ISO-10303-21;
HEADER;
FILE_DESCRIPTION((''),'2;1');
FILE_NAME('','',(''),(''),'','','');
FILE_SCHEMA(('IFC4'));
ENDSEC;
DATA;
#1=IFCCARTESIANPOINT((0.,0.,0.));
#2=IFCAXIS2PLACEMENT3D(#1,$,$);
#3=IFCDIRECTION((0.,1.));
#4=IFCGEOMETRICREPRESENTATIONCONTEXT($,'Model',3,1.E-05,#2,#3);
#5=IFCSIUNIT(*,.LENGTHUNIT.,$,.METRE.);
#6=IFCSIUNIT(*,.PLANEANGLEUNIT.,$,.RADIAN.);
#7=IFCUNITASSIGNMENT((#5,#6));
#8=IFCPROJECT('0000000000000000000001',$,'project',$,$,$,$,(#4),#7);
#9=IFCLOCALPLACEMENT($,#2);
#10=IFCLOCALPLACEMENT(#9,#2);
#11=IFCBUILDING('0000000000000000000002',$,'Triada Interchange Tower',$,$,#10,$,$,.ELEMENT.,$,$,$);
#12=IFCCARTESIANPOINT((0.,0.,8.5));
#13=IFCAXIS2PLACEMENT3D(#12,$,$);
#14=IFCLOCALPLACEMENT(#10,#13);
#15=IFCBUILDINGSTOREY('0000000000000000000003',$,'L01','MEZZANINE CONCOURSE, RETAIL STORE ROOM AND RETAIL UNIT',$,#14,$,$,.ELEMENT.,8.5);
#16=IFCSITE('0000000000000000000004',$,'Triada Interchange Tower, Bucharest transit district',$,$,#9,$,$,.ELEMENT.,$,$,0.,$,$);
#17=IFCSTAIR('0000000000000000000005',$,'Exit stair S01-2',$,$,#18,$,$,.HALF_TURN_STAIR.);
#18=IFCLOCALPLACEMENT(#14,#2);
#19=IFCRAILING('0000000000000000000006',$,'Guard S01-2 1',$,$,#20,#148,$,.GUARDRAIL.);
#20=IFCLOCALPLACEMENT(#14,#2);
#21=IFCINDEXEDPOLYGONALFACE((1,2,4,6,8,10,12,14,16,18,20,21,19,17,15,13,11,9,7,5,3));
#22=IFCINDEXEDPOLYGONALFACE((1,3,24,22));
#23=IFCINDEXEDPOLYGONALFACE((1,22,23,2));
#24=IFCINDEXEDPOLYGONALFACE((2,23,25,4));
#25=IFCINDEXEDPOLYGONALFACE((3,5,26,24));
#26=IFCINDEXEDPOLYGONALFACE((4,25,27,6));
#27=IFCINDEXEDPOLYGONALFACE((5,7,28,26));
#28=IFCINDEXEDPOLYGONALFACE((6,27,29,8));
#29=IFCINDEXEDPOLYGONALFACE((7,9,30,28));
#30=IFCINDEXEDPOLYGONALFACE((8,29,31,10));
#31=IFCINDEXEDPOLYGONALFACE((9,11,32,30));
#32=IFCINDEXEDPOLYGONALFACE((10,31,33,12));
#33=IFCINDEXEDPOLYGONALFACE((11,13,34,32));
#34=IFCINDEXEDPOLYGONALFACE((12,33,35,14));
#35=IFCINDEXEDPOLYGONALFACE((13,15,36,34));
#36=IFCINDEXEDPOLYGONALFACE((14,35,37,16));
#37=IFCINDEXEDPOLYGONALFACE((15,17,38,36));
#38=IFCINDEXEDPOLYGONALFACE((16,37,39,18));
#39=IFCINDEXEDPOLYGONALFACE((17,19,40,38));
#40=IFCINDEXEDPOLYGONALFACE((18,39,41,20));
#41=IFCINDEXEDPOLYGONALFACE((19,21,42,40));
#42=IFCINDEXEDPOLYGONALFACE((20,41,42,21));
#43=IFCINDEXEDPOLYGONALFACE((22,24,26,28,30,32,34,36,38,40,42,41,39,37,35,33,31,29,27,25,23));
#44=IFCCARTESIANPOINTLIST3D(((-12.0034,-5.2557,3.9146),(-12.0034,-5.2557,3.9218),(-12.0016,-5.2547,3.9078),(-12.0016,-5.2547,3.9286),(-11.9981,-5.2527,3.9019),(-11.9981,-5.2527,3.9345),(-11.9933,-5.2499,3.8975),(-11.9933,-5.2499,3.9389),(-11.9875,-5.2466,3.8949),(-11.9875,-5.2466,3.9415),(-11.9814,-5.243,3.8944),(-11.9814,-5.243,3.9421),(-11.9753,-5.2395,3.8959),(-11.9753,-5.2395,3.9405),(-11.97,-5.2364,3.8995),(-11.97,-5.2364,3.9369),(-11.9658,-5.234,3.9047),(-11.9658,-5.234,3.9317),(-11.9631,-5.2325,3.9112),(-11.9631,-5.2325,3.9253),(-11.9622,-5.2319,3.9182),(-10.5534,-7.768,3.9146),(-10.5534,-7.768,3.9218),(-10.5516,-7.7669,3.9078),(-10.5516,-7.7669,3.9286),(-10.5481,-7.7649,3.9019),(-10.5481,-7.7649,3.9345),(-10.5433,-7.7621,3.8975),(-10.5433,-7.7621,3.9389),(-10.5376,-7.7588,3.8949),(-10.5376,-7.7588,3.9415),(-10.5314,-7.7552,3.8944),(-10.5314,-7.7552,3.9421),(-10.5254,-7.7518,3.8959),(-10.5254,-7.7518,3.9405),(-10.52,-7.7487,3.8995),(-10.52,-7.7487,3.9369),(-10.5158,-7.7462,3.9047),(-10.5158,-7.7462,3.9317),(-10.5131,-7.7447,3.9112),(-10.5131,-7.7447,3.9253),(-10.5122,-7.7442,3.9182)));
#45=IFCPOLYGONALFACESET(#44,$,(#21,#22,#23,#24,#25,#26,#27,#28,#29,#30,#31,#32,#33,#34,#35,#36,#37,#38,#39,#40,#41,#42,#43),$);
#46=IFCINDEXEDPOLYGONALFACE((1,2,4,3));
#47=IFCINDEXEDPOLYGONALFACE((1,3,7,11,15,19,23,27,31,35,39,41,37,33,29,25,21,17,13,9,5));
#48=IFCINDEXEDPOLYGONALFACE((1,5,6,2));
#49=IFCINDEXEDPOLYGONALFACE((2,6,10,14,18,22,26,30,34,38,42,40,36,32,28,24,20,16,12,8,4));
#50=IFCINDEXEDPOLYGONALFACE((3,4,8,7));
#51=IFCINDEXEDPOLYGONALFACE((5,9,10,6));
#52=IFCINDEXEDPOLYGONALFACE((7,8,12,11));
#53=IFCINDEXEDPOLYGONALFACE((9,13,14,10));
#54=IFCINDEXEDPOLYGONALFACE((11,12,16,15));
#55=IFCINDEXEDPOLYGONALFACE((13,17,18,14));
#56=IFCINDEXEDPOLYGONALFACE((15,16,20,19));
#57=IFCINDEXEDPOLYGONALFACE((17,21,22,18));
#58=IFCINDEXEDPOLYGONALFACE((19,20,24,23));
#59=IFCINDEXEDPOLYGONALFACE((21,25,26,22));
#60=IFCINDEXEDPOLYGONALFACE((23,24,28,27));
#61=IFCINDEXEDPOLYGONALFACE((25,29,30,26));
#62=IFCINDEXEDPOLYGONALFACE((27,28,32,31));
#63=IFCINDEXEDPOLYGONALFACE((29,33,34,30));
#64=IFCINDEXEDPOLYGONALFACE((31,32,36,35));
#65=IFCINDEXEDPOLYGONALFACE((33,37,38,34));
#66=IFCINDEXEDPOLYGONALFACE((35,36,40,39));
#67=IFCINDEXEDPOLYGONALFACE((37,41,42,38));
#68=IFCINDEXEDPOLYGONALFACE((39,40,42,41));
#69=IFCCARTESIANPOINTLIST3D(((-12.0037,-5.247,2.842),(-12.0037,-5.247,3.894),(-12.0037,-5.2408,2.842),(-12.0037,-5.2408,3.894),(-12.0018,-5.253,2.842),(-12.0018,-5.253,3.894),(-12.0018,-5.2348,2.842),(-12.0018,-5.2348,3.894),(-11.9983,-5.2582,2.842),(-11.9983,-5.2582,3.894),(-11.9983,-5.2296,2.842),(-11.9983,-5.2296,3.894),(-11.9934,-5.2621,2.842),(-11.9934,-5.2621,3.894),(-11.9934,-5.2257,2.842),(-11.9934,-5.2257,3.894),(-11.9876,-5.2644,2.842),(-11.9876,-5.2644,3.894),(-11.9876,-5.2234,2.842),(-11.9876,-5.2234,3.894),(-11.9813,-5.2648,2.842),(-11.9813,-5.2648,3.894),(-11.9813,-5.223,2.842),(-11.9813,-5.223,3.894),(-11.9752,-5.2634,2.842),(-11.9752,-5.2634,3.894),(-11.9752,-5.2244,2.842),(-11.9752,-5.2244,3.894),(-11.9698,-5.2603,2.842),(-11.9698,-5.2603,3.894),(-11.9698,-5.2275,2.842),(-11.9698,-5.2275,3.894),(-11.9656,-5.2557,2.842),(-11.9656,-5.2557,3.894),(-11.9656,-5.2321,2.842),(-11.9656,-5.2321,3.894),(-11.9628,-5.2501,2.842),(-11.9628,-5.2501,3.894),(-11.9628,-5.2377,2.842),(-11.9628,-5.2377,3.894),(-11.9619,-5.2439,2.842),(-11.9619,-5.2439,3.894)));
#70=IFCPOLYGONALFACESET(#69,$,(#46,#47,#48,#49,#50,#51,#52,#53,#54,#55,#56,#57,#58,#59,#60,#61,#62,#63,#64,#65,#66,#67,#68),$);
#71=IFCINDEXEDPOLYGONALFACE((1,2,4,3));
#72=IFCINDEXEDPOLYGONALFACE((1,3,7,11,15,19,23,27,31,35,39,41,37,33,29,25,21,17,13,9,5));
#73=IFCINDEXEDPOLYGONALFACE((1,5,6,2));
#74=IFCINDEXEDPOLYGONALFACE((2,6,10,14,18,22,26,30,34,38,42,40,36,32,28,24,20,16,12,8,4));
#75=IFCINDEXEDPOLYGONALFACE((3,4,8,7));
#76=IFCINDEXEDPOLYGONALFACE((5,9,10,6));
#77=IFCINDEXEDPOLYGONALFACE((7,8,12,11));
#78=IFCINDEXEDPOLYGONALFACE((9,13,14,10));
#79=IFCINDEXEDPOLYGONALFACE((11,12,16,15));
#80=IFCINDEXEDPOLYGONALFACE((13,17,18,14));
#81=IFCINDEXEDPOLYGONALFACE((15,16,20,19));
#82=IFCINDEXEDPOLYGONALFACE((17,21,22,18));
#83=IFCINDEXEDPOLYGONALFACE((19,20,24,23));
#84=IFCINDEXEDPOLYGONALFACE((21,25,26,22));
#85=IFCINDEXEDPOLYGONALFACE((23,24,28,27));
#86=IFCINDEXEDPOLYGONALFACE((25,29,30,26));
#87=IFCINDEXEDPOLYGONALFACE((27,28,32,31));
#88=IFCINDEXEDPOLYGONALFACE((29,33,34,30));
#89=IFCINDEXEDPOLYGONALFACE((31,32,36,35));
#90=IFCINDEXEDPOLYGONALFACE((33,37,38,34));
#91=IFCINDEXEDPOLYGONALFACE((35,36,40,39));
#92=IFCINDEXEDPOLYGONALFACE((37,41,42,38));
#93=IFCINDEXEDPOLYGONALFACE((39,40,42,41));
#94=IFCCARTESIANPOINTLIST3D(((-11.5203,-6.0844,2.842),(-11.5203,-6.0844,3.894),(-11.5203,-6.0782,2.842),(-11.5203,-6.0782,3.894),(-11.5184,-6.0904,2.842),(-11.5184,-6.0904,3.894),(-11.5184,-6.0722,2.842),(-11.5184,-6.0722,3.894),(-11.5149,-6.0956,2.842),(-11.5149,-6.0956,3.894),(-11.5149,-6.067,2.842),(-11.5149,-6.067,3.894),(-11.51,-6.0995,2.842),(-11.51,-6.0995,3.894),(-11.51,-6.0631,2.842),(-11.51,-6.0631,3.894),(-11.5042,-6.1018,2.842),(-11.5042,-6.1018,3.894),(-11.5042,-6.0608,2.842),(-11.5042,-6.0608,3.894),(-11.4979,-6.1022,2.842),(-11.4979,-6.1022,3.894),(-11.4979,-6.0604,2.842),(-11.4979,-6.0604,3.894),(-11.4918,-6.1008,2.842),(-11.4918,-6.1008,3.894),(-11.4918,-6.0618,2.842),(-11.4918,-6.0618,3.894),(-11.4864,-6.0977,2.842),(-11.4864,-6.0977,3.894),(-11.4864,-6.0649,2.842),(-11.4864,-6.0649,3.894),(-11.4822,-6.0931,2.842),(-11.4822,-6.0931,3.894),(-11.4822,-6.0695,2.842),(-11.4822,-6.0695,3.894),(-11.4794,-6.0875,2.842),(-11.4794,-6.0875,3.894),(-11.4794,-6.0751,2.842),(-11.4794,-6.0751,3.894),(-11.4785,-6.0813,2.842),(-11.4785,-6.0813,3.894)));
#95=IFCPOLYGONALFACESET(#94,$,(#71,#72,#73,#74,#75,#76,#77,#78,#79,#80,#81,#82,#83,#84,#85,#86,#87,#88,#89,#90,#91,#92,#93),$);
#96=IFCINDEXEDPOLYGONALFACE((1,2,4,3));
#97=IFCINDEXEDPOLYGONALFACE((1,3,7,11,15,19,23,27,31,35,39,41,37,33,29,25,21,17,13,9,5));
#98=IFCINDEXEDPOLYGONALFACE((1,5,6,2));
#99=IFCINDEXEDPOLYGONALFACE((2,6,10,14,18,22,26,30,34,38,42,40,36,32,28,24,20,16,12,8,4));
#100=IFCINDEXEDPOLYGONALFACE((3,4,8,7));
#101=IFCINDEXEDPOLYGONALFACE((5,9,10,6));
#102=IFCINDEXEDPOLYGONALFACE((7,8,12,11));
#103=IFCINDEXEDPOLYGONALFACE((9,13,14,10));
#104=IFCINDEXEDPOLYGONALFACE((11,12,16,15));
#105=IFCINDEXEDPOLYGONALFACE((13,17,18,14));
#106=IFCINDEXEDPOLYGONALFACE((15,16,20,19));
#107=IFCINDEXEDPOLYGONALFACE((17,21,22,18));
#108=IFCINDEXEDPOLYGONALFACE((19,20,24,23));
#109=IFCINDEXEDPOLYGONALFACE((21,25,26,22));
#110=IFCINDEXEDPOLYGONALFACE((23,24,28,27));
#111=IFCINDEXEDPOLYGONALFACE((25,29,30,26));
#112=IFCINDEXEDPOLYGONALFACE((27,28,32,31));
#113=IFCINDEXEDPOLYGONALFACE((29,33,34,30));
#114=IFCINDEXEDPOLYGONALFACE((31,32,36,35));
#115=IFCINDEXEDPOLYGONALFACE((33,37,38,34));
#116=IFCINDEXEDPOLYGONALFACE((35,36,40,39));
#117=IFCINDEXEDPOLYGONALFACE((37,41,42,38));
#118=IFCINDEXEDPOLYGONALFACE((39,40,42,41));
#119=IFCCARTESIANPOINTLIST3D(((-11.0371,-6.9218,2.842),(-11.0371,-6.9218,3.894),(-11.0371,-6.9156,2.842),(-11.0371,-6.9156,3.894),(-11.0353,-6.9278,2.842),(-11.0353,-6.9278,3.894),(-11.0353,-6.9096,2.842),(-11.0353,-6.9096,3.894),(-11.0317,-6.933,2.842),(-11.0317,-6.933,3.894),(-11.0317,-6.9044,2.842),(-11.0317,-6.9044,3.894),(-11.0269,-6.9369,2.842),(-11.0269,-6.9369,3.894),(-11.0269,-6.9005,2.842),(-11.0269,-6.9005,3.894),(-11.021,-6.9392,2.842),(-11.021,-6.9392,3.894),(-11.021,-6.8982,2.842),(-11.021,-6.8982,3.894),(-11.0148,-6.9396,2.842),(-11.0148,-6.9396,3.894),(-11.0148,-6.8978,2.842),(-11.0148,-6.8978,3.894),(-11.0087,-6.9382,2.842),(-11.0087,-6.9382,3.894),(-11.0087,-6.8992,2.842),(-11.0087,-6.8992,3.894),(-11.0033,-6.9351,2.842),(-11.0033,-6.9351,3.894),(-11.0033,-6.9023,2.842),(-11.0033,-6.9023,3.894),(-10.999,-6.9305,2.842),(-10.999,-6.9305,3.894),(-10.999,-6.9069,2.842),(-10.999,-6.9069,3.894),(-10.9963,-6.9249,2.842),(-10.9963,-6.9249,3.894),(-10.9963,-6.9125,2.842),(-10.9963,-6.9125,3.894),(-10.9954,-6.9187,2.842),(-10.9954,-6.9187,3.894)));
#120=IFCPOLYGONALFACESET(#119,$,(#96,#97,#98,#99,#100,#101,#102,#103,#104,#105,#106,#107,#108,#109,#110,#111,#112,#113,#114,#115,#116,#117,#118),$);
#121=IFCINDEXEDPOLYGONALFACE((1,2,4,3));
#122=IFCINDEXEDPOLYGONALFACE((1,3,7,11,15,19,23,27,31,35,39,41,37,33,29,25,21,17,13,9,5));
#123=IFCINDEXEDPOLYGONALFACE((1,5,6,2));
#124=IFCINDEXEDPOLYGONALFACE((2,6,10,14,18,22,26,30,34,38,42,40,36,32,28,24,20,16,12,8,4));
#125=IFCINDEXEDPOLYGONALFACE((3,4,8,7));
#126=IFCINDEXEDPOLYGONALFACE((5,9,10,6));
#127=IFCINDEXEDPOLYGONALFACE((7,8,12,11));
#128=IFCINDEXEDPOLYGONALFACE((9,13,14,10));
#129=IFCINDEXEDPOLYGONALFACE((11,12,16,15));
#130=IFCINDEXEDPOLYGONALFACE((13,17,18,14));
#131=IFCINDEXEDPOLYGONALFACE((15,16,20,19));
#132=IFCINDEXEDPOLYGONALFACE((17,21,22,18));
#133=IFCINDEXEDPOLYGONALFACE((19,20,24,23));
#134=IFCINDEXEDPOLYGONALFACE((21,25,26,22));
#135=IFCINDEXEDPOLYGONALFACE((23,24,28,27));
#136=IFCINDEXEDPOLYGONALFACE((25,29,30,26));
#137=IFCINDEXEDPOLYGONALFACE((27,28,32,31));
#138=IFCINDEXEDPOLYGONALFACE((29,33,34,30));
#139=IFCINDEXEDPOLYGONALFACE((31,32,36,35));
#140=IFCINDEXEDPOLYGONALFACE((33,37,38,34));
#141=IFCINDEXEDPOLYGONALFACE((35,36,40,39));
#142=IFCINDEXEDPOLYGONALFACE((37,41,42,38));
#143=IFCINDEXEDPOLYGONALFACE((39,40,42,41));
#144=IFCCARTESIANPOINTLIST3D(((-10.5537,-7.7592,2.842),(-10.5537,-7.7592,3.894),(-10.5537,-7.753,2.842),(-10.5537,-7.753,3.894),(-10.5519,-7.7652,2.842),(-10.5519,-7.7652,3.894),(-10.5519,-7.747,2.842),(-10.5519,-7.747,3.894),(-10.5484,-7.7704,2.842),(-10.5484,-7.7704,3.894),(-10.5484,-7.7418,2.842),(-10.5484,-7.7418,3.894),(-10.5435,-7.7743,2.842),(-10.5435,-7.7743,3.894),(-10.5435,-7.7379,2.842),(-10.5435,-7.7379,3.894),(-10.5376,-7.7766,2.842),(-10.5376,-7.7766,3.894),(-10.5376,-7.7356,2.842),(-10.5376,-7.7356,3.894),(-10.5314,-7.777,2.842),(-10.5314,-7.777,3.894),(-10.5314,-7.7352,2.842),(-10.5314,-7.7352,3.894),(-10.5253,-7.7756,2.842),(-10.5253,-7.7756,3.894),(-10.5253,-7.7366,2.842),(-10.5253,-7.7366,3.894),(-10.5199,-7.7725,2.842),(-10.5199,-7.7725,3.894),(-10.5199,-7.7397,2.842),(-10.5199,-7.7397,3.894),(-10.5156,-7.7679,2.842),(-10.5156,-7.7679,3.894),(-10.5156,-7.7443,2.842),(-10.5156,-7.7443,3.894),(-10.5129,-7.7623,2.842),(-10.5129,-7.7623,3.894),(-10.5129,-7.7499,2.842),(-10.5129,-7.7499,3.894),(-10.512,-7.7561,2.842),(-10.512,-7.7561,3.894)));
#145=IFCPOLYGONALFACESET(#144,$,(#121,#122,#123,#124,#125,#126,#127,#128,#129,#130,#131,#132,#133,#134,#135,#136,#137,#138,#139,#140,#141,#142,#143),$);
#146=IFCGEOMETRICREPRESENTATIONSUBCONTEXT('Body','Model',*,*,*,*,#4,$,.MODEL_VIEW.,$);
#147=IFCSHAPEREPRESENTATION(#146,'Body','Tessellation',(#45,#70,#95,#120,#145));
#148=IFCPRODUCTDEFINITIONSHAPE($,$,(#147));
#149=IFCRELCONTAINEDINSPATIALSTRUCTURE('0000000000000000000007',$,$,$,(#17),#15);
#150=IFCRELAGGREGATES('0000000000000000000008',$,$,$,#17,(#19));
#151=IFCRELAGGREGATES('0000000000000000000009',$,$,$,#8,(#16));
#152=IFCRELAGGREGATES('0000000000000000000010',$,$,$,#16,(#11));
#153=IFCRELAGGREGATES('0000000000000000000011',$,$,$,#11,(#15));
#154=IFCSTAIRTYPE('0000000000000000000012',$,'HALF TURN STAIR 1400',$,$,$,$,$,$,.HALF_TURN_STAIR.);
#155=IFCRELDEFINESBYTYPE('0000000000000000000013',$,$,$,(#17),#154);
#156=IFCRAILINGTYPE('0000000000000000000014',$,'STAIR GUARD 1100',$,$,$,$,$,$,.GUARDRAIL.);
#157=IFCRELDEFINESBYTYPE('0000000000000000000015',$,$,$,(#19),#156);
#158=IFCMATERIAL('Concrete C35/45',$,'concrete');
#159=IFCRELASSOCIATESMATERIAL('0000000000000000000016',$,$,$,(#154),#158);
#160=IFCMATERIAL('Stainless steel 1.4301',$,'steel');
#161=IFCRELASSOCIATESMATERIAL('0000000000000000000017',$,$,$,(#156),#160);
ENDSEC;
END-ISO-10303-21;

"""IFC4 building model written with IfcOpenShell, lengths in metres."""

from ifc_helpers import new_model, si_unit, direction, frame, origin, origin_2d, place, context, subcontext, project, spatial, circle, extrude, material, type_object, element, aggregate, save


model = new_model("IFC4")

# Units and contexts
model_context = context("Model", 3, precision=1e-05, world=origin(), true_north=direction((0.0, 1.0)))
body_context = subcontext(model_context, "Body", "Model", "MODEL_VIEW")
ifc_project = project(units=[si_unit("LENGTHUNIT", "METRE"), si_unit("PLANEANGLEUNIT", "RADIAN")], contexts=[model_context])

# Site, building, storey
site_placement = place(None, origin())
site = spatial("IfcSite", under=ifc_project, at=site_placement, Name="Triada Interchange Tower, Bucharest transit district", CompositionType="ELEMENT", RefElevation=0.0)
building_placement = place(site_placement, origin())
building = spatial("IfcBuilding", under=site, at=building_placement, Name="Triada Interchange Tower", CompositionType="ELEMENT")
storey_placement = place(building_placement, frame((0.0, 0.0, 8.5)))
storey = spatial("IfcBuildingStorey", under=building, at=storey_placement, Name="L01", Description="MEZZANINE CONCOURSE, RETAIL STORE ROOM AND RETAIL UNIT", CompositionType="ELEMENT", Elevation=8.5)

# Shared definitions
ifc_material_1 = material(Name="Concrete C35/45", Category="concrete")

# Stair
stair_type = type_object("IfcStairType", Name="HALF TURN STAIR 1400", PredefinedType="HALF_TURN_STAIR", material=ifc_material_1)
stair_1_placement = place(storey_placement, origin())
stair_1 = element("IfcStair", 1, at=stair_1_placement, inside=storey, type_object=stair_type, Name="Exit stair S01-2", PredefinedType="HALF_TURN_STAIR")

# Railing
ifc_material_2 = material(Name="Stainless steel 1.4301", Category="steel")
railing_type_1 = type_object("IfcRailingType", Name="STAIR GUARD 1100", PredefinedType="GUARDRAIL", material=ifc_material_2)
railing_1_placement = place(storey_placement, frame((-11.9829, -5.2439, 2.842)))
railing_1 = element("IfcRailing", 2, at=railing_1_placement, type_object=railing_type_1, Name="Guard S01-2 1", PredefinedType="GUARDRAIL", context=body_context, shape_type="SweptSolid", body=[
    extrude(circle(Radius=0.0239, at=origin_2d()), frame((0.0, 0.0, 1.0762), z_axis=(0.499878, -0.866096, 0.0), x_axis=(0.866096, 0.499878, 0.0)), (0.0, 0.0, 1.0), 2.9006),
    extrude(circle(Radius=0.021, at=origin_2d()), origin(), (0.0, 0.0, 1.0), 1.052),
    extrude(circle(Radius=0.021, at=origin_2d()), frame((0.4834, -0.8374, 0.0)), (0.0, 0.0, 1.0), 1.052),
    extrude(circle(Radius=0.021, at=origin_2d()), frame((0.9666, -1.6748, 0.0)), (0.0, 0.0, 1.0), 1.052),
    extrude(circle(Radius=0.021, at=origin_2d()), frame((1.45, -2.5122, 0.0)), (0.0, 0.0, 1.0), 1.052),
])
aggregate(stair_1, [railing_1])

save(model, "model.ifc")
